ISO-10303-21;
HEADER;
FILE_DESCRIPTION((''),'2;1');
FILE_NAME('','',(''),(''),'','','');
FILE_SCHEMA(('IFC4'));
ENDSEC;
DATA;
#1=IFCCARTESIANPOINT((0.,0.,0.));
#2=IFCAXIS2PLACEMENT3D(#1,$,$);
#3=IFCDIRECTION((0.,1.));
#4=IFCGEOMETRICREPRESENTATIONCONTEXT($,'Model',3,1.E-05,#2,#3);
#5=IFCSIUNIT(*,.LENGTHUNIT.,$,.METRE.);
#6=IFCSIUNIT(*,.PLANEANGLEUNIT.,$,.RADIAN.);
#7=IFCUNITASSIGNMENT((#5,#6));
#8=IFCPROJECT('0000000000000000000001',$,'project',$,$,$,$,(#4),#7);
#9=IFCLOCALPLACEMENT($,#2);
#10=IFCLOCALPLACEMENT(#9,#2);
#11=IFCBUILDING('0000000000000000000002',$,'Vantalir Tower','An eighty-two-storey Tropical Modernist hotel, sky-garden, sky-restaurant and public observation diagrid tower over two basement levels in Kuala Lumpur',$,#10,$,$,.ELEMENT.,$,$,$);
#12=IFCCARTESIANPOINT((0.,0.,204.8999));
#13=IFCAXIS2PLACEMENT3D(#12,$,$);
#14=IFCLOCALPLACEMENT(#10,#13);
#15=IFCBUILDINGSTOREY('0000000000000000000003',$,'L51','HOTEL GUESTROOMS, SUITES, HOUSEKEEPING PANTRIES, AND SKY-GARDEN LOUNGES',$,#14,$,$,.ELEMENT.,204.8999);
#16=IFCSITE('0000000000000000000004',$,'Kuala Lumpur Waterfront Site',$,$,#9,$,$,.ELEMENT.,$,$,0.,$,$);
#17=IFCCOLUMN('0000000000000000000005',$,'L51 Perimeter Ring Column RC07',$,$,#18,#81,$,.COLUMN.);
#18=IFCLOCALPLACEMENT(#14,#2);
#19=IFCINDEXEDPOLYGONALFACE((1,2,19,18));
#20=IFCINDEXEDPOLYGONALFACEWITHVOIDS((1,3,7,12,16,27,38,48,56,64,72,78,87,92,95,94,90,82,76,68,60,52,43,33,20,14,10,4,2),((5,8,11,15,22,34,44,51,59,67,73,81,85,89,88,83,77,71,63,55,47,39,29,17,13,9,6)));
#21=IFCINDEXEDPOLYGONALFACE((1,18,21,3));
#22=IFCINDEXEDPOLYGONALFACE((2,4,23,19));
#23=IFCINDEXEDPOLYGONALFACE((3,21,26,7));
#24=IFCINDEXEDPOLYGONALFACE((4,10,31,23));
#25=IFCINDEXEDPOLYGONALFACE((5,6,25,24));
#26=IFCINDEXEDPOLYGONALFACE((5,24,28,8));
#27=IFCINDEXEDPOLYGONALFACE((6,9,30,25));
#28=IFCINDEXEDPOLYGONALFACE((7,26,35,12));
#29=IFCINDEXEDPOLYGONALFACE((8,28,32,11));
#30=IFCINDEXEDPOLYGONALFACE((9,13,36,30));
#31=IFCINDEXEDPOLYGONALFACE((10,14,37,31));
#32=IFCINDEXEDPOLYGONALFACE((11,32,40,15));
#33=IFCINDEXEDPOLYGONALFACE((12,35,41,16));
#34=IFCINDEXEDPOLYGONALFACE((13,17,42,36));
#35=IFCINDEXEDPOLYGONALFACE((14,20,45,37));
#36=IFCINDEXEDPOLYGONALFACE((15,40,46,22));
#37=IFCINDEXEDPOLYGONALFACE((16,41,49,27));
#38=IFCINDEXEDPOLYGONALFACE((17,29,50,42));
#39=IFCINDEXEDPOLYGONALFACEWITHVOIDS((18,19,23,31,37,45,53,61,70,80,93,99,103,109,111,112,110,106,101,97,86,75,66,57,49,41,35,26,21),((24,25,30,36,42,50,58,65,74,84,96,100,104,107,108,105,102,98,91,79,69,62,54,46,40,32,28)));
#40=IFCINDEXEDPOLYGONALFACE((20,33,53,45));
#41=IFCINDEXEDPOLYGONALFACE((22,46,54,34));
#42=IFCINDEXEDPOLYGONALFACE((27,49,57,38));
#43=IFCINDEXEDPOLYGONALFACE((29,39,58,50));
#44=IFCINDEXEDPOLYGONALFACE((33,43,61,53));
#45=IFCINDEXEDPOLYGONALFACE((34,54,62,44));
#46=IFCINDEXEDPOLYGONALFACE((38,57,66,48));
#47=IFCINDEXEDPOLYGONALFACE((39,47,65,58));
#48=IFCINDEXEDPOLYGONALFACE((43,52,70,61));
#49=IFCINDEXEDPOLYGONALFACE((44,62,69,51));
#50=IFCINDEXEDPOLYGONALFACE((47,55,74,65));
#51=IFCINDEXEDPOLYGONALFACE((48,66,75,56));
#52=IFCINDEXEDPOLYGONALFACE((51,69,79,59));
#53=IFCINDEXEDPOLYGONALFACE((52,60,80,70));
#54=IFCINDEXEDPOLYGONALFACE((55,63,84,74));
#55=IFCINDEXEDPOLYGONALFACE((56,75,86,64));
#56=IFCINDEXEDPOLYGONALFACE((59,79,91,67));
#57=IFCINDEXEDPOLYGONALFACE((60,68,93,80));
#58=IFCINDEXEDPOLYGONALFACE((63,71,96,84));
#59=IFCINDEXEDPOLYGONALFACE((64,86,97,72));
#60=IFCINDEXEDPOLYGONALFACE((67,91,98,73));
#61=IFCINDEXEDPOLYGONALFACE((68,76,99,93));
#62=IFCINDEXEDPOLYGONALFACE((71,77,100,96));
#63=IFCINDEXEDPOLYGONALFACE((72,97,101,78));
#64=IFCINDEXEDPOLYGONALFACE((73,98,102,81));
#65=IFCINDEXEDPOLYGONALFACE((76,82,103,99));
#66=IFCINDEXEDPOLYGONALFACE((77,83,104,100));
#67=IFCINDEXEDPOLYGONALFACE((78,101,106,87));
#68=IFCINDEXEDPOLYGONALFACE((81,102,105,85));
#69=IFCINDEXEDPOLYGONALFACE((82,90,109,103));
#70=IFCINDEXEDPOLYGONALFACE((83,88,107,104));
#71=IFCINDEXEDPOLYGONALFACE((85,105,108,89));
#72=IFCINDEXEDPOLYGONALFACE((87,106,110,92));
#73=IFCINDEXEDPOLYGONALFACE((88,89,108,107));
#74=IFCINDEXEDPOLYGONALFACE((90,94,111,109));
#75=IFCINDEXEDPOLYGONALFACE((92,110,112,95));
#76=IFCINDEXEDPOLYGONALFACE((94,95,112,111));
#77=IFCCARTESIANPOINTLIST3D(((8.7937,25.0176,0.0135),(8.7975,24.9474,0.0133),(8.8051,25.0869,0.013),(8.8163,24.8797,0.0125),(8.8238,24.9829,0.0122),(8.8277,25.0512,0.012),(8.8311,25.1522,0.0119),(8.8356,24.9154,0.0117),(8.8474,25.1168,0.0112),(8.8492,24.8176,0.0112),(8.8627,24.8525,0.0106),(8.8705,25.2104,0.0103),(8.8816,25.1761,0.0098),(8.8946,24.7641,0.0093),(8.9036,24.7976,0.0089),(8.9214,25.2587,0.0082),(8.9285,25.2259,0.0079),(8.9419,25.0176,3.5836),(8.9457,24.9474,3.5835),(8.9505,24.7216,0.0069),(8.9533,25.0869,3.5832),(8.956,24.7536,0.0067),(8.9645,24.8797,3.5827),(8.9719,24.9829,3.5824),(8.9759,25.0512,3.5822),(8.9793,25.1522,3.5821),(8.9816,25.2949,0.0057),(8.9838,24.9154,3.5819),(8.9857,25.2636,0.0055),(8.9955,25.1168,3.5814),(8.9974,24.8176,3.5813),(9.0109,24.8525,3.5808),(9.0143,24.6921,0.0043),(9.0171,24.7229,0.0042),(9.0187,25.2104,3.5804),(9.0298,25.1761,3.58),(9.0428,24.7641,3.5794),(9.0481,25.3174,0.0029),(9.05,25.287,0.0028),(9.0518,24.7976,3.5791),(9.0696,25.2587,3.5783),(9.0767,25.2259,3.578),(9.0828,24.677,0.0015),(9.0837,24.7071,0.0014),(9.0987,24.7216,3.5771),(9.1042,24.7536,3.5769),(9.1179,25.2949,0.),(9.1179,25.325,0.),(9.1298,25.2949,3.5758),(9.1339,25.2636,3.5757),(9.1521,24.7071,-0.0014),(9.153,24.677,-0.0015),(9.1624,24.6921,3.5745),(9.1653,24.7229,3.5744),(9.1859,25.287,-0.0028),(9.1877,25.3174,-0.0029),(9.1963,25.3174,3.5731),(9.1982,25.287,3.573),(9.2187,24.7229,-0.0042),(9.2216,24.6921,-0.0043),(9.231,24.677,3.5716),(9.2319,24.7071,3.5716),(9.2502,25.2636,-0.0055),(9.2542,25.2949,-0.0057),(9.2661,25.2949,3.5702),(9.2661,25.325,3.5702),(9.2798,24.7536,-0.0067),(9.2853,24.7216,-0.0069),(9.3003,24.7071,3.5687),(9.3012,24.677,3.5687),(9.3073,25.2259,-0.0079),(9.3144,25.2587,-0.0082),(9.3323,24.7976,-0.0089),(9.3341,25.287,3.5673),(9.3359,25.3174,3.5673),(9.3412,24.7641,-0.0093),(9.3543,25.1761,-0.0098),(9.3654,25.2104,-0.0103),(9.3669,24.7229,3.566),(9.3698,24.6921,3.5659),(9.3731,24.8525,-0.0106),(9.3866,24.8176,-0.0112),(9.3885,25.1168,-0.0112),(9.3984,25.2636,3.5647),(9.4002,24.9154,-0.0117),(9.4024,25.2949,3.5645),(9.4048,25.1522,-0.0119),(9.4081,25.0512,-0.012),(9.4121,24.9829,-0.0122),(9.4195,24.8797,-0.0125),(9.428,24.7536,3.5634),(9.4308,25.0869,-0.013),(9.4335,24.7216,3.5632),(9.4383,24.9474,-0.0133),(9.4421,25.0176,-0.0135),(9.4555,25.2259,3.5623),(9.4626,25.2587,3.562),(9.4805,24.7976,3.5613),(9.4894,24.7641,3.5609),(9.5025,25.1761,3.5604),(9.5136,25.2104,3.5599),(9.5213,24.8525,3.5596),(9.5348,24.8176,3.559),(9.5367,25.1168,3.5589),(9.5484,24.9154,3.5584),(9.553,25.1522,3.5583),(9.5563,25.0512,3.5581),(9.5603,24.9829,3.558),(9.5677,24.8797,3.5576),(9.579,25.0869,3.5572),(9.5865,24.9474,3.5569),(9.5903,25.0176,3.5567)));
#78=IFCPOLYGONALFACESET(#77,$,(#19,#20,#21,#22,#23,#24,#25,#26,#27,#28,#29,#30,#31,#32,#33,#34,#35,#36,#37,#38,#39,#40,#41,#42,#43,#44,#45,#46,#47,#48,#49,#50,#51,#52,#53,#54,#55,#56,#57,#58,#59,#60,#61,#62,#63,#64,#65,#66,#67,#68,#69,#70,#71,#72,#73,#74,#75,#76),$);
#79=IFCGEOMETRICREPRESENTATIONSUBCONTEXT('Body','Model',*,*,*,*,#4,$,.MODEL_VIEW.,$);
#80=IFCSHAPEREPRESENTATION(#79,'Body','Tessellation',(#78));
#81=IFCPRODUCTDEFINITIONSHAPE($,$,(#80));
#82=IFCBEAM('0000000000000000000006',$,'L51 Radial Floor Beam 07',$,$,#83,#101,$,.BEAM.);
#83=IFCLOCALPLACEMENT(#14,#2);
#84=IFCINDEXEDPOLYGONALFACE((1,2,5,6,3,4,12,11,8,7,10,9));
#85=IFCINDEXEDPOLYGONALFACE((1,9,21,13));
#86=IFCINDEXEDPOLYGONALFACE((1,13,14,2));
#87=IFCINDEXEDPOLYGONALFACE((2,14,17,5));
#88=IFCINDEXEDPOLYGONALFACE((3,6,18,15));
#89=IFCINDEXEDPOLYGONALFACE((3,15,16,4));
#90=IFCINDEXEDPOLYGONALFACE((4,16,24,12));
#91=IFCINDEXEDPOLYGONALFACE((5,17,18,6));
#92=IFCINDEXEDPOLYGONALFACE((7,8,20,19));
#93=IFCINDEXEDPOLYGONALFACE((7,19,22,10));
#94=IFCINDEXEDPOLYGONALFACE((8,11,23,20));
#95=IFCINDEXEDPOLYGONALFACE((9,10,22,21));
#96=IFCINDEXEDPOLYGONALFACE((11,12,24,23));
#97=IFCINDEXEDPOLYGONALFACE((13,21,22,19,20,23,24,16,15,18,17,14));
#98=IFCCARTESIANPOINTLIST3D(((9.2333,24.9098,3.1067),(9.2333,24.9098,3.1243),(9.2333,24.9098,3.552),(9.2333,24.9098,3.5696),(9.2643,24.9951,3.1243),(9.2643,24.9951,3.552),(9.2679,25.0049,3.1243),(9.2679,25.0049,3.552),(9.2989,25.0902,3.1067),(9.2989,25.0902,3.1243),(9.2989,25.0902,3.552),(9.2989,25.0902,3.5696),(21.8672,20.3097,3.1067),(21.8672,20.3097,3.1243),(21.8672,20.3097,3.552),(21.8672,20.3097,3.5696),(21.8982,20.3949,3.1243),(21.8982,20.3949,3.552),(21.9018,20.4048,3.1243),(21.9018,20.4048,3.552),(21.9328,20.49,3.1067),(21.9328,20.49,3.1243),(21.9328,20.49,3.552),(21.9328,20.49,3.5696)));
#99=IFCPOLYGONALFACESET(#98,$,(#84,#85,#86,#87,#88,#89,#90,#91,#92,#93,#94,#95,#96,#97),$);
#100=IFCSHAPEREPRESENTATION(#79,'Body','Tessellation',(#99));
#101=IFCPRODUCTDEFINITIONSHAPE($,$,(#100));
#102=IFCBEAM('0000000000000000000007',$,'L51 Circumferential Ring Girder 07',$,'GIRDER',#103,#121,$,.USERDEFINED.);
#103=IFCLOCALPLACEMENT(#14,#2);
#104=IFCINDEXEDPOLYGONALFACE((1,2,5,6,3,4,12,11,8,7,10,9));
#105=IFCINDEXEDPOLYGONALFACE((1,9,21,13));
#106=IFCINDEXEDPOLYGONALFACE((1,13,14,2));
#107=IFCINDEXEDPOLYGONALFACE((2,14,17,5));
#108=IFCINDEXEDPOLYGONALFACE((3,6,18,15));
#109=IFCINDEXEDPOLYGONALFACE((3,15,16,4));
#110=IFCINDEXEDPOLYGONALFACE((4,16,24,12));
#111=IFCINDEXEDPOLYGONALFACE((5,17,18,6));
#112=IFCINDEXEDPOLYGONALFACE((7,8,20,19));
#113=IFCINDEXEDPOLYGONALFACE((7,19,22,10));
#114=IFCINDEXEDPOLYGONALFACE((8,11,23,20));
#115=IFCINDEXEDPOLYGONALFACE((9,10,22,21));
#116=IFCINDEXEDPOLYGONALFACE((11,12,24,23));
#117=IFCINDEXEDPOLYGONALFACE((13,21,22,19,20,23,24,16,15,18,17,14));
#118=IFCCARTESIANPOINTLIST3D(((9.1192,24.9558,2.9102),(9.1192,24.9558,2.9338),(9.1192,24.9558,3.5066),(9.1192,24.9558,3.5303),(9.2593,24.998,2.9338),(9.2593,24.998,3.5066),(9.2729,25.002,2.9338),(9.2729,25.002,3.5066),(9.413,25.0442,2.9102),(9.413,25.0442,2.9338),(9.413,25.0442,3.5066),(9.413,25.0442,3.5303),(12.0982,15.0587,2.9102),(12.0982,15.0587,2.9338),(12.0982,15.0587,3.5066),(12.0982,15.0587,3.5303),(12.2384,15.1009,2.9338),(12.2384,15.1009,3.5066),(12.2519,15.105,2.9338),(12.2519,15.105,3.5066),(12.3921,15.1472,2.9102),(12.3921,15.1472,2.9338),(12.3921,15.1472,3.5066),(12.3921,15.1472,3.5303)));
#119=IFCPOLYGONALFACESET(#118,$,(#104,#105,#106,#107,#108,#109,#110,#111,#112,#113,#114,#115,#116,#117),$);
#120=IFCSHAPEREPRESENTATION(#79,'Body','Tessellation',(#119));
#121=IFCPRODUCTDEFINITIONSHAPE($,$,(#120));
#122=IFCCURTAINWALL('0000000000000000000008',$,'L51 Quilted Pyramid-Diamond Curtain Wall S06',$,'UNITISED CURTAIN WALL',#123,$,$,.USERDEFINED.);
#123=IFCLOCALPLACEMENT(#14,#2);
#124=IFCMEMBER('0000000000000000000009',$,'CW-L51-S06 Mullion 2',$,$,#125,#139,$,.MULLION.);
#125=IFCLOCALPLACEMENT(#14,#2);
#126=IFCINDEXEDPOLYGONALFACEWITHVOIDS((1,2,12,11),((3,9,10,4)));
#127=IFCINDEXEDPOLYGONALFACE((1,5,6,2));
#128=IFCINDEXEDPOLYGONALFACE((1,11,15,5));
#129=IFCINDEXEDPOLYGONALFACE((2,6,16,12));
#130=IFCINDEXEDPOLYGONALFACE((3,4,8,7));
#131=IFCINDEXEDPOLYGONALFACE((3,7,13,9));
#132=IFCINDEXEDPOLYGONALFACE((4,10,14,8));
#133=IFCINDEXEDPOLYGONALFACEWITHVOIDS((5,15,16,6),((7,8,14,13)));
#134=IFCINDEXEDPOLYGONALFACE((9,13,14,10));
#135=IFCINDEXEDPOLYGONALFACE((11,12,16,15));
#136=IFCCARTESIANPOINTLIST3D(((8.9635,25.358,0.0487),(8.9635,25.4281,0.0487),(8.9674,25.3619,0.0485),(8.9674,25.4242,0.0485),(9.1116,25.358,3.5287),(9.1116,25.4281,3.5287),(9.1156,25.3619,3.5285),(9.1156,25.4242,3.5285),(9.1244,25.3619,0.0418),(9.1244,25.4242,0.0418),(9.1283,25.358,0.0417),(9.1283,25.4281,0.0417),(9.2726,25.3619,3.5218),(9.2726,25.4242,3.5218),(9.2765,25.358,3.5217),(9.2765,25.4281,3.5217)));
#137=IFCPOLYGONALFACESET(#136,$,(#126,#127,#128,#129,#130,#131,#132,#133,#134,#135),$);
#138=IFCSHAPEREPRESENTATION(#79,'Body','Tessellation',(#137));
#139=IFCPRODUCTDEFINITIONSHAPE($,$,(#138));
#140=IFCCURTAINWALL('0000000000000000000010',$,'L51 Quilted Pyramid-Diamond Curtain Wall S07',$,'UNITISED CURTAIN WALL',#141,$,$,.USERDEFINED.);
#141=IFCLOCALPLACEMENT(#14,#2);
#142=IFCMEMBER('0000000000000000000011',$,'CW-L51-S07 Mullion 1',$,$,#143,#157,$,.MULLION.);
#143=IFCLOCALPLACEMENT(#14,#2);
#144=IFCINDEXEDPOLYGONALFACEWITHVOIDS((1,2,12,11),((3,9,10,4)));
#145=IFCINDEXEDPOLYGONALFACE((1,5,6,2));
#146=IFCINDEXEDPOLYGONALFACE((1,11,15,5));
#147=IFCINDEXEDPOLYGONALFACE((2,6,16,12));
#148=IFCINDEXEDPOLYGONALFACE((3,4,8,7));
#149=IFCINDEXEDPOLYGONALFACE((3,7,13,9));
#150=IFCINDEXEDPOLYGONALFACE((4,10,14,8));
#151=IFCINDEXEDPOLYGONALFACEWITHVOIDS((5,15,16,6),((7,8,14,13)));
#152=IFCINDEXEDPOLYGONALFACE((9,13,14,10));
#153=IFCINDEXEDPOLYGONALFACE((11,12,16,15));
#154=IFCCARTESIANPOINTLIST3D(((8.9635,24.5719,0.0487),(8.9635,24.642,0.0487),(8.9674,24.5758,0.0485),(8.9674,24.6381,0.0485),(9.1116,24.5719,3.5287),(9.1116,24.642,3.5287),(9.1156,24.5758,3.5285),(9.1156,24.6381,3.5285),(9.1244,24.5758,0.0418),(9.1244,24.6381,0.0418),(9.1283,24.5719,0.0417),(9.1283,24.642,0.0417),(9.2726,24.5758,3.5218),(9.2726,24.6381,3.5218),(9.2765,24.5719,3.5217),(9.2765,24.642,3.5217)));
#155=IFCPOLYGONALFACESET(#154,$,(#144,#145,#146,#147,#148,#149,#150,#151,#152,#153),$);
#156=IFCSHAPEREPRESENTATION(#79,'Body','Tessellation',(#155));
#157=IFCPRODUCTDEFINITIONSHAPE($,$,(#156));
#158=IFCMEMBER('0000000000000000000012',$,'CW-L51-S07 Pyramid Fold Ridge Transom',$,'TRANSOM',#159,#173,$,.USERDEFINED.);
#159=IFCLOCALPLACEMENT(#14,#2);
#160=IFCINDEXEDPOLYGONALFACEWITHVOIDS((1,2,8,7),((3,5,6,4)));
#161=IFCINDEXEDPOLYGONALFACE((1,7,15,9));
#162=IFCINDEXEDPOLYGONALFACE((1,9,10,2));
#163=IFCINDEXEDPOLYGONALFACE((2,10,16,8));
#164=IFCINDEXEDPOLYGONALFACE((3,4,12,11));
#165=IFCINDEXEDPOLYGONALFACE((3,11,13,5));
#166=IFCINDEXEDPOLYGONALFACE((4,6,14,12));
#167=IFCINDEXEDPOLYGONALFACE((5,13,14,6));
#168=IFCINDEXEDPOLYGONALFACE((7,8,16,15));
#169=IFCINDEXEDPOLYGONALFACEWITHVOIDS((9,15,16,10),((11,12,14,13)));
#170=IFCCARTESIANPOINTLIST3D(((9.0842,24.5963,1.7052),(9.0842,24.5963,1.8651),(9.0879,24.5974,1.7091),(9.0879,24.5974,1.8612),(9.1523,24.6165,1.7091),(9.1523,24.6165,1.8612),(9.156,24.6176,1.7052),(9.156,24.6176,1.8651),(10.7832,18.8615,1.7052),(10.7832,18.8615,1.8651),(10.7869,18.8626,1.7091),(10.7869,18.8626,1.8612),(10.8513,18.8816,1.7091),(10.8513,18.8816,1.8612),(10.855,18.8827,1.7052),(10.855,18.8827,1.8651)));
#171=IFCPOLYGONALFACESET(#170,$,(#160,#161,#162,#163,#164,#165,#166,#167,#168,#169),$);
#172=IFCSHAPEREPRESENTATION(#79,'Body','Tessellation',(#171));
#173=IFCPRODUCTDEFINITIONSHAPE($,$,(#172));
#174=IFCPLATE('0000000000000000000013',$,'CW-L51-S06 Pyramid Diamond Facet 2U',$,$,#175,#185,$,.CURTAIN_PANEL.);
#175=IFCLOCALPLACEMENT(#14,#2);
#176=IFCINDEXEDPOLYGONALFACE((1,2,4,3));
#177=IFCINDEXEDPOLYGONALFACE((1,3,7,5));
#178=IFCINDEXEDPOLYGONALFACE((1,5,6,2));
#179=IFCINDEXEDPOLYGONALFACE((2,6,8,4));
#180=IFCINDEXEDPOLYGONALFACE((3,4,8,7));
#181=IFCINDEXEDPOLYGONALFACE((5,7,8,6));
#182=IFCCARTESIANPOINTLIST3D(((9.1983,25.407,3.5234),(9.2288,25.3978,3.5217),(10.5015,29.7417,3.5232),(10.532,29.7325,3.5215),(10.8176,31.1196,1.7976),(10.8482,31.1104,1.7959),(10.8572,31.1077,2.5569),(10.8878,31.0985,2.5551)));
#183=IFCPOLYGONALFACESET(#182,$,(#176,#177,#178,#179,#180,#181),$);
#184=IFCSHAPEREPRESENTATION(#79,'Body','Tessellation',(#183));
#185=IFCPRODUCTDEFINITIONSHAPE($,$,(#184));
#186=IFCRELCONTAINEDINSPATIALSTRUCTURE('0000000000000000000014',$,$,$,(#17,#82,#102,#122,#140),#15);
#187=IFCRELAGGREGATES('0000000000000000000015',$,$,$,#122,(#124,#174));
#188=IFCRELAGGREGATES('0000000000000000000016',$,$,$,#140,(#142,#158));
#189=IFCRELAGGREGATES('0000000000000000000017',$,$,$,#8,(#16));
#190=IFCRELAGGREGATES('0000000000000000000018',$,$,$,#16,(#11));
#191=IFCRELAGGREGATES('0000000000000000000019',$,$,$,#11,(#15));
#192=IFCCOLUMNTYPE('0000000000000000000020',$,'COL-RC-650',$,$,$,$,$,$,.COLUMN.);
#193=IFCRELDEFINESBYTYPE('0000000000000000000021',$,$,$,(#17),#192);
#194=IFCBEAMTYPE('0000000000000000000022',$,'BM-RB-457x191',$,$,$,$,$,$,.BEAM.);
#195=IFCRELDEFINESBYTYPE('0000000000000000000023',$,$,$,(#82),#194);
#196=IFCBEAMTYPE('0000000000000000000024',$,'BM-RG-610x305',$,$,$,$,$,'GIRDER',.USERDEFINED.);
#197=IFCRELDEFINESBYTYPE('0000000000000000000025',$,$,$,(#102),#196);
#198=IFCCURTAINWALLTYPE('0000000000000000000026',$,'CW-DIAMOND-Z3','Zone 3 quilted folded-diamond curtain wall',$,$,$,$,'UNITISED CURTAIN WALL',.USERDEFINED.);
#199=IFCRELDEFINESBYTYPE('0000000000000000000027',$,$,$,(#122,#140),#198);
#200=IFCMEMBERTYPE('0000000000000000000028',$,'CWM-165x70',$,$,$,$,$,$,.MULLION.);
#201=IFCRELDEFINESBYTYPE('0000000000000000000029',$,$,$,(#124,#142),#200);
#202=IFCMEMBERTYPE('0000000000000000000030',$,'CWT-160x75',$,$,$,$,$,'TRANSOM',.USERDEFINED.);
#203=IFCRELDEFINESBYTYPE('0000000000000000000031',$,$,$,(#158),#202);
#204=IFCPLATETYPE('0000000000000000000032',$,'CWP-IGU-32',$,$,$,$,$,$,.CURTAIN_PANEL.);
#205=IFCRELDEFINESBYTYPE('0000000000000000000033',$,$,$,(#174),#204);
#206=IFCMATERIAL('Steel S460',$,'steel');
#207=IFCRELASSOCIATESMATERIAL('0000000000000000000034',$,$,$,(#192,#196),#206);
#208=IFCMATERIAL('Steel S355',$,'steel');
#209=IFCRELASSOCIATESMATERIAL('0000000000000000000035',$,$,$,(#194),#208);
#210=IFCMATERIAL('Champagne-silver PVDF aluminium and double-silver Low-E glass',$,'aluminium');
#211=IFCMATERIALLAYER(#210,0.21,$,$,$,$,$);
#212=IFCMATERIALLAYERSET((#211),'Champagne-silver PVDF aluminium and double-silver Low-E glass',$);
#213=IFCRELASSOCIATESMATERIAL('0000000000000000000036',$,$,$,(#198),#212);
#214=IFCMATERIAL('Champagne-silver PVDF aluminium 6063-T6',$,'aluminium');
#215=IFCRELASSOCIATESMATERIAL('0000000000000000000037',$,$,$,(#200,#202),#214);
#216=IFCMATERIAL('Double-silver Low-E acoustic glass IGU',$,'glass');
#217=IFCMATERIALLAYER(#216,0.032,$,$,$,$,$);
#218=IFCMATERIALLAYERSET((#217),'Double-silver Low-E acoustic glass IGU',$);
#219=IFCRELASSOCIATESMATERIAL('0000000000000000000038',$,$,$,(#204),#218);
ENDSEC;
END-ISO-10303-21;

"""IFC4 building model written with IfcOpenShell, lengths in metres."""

from ifc_helpers import new_model, si_unit, direction, frame, origin, origin_2d, place, context, subcontext, project, spatial, polyline, hollow_rectangle, hollow_circle, i_section, outline, extrude, material, layer, layer_set, material_profile, profile_set, type_object, element, aggregate, save


model = new_model("IFC4")

# Units and contexts
model_context = context("Model", 3, precision=1e-05, world=origin(), true_north=direction((0.0, 1.0)))
body_context = subcontext(model_context, "Body", "Model", "MODEL_VIEW")
ifc_project = project(units=[si_unit("LENGTHUNIT", "METRE"), si_unit("PLANEANGLEUNIT", "RADIAN")], contexts=[model_context])

# Site, building, storey
site_placement = place(None, origin())
site = spatial("IfcSite", under=ifc_project, at=site_placement, Name="Kuala Lumpur Waterfront Site", CompositionType="ELEMENT", RefElevation=0.0)
building_placement = place(site_placement, origin())
building = spatial("IfcBuilding", under=site, at=building_placement, Name="Vantalir Tower", Description="An eighty-two-storey Tropical Modernist hotel, sky-garden, sky-restaurant and public observation diagrid tower over two basement levels in Kuala Lumpur", CompositionType="ELEMENT")
storey_placement = place(building_placement, frame((0.0, 0.0, 204.8999)))
storey = spatial("IfcBuildingStorey", under=building, at=storey_placement, Name="L51", Description="HOTEL GUESTROOMS, SUITES, HOUSEKEEPING PANTRIES, AND SKY-GARDEN LOUNGES", CompositionType="ELEMENT", Elevation=204.8999)

# Column
ifc_material_1 = material(Name="Steel S460", Category="steel")
ifc_material_profile_1 = material_profile(ifc_material_1, hollow_circle(Radius=0.325, WallThickness=0.03, at=origin_2d()), Name="Steel S460")
ifc_profile_set_1 = profile_set([ifc_material_profile_1], Name="Steel S460")
column_type = type_object("IfcColumnType", Name="COL-RC-650", PredefinedType="COLUMN", material=ifc_profile_set_1)
column_placement = place(storey_placement, frame((9.1179, 25.0, 0.0), z_axis=(0.041474, 0.0, 0.99914), x_axis=(0.0, 1.0, 0.0)))
element("IfcColumn", 1, at=column_placement, inside=storey, type_object=column_type, Name="L51 Perimeter Ring Column RC07", PredefinedType="COLUMN", context=body_context, shape_type="SweptSolid", body=[
    extrude(hollow_circle(Radius=0.325, WallThickness=0.03, at=origin_2d()), origin(), (0.0, 0.0, 1.0), 3.5732),
])

# Beams
ifc_material_2 = material(Name="Steel S355", Category="steel")
ifc_material_profile_2 = material_profile(ifc_material_2, i_section(OverallWidth=0.1919, OverallDepth=0.4629, WebThickness=0.0105, FlangeThickness=0.0176, at=origin_2d()), Name="Steel S355")
ifc_profile_set_2 = profile_set([ifc_material_profile_2], Name="Steel S355")
beam_type_1 = type_object("IfcBeamType", Name="BM-RB-457x191", PredefinedType="BEAM", material=ifc_profile_set_2)
beam_1_placement = place(storey_placement, frame((9.2661, 25.0, 3.3381), z_axis=(0.93965, -0.342137, 0.0), x_axis=(0.342137, 0.93965, 0.0)))
element("IfcBeam", 2, at=beam_1_placement, inside=storey, type_object=beam_type_1, Name="L51 Radial Floor Beam 07", PredefinedType="BEAM", context=body_context, shape_type="SweptSolid", body=[
    extrude(i_section(OverallWidth=0.1919, OverallDepth=0.4629, WebThickness=0.0105, FlangeThickness=0.0176, at=origin_2d()), origin(), (0.0, 0.0, 1.0), 13.4453),
])
ifc_material_profile_3 = material_profile(ifc_material_1, i_section(OverallWidth=0.3069, OverallDepth=0.6201, WebThickness=0.0142, FlangeThickness=0.0237, at=origin_2d()), Name="Steel S460")
ifc_profile_set_3 = profile_set([ifc_material_profile_3], Name="Steel S460")
beam_type_2 = type_object("IfcBeamType", Name="BM-RG-610x305", ElementType="GIRDER", PredefinedType="USERDEFINED", material=ifc_profile_set_3)
beam_2_placement = place(storey_placement, frame((9.2661, 25.0, 3.2202), z_axis=(0.288228, -0.957562, 0.0), x_axis=(0.957562, 0.288228, 0.0)))
element("IfcBeam", 3, at=beam_2_placement, inside=storey, type_object=beam_type_2, Name="L51 Circumferential Ring Girder 07", ObjectType="GIRDER", PredefinedType="USERDEFINED", context=body_context, shape_type="SweptSolid", body=[
    extrude(i_section(OverallWidth=0.3069, OverallDepth=0.6201, WebThickness=0.0142, FlangeThickness=0.0237, at=origin_2d()), origin(), (0.0, 0.0, 1.0), 10.3357),
])

# Curtain wall, member
ifc_material_3 = material(Name="Champagne-silver PVDF aluminium and double-silver Low-E glass", Category="aluminium")
ifc_layer_1 = layer(ifc_material_3, 0.21)
ifc_layer_set_1 = layer_set([ifc_layer_1], Name="Champagne-silver PVDF aluminium and double-silver Low-E glass")
curtain_wall_type = type_object("IfcCurtainWallType", Name="CW-DIAMOND-Z3", Description="Zone 3 quilted folded-diamond curtain wall", ElementType="UNITISED CURTAIN WALL", PredefinedType="USERDEFINED", material=ifc_layer_set_1)
curtain_wall_1_placement = place(storey_placement, origin())
curtain_wall_1 = element("IfcCurtainWall", 4, at=curtain_wall_1_placement, inside=storey, type_object=curtain_wall_type, Name="L51 Quilted Pyramid-Diamond Curtain Wall S06", ObjectType="UNITISED CURTAIN WALL", PredefinedType="USERDEFINED")
ifc_material_4 = material(Name="Champagne-silver PVDF aluminium 6063-T6", Category="aluminium")
ifc_material_profile_4 = material_profile(ifc_material_4, hollow_rectangle(XDim=0.0701, YDim=0.165, WallThickness=0.0039, at=origin_2d()), Name="Champagne-silver PVDF aluminium 6063-T6")
ifc_profile_set_4 = profile_set([ifc_material_profile_4], Name="Champagne-silver PVDF aluminium 6063-T6")
member_type_1 = type_object("IfcMemberType", Name="CWM-165x70", PredefinedType="MULLION", material=ifc_profile_set_4)
member_1_placement = place(storey_placement, frame((9.0459, 25.3931, 0.0452), z_axis=(0.042546, 0.0, 0.999095), x_axis=(0.0, 1.0, 0.0)))
member_1 = element("IfcMember", 5, at=member_1_placement, type_object=member_type_1, Name="CW-L51-S06 Mullion 2", PredefinedType="MULLION", context=body_context, shape_type="SweptSolid", body=[
    extrude(hollow_rectangle(XDim=0.0701, YDim=0.165, WallThickness=0.0039, at=origin_2d()), origin(), (0.0, 0.0, 1.0), 3.4832),
])

# Curtain wall, members
curtain_wall_2_placement = place(storey_placement, origin())
curtain_wall_2 = element("IfcCurtainWall", 6, at=curtain_wall_2_placement, inside=storey, type_object=curtain_wall_type, Name="L51 Quilted Pyramid-Diamond Curtain Wall S07", ObjectType="UNITISED CURTAIN WALL", PredefinedType="USERDEFINED")
member_2_placement = place(storey_placement, frame((9.0459, 24.6069, 0.0452), z_axis=(0.042546, 0.0, 0.999095), x_axis=(0.0, 1.0, 0.0)))
member_2 = element("IfcMember", 7, at=member_2_placement, type_object=member_type_1, Name="CW-L51-S07 Mullion 1", PredefinedType="MULLION", context=body_context, shape_type="SweptSolid", body=[
    extrude(hollow_rectangle(XDim=0.0701, YDim=0.165, WallThickness=0.0039, at=origin_2d()), origin(), (0.0, 0.0, 1.0), 3.4832),
])
ifc_material_profile_5 = material_profile(ifc_material_4, hollow_rectangle(XDim=0.075, YDim=0.1599, WallThickness=0.0039, at=origin_2d()), Name="Champagne-silver PVDF aluminium 6063-T6")
ifc_profile_set_5 = profile_set([ifc_material_profile_5], Name="Champagne-silver PVDF aluminium 6063-T6")
member_type_2 = type_object("IfcMemberType", Name="CWT-160x75", ElementType="TRANSOM", PredefinedType="USERDEFINED", material=ifc_profile_set_5)
member_3_placement = place(storey_placement, frame((9.1201, 24.6069, 1.7852), z_axis=(0.284051, -0.958809, 0.0), x_axis=(0.958809, 0.284051, 0.0)))
member_3 = element("IfcMember", 8, at=member_3_placement, type_object=member_type_2, Name="CW-L51-S07 Pyramid Fold Ridge Transom", ObjectType="TRANSOM", PredefinedType="USERDEFINED", context=body_context, shape_type="SweptSolid", body=[
    extrude(hollow_rectangle(XDim=0.075, YDim=0.1599, WallThickness=0.0039, at=origin_2d()), origin(), (0.0, 0.0, 1.0), 5.9812),
])

# Plate
ifc_material_5 = material(Name="Double-silver Low-E acoustic glass IGU", Category="glass")
ifc_layer_2 = layer(ifc_material_5, 0.032)
ifc_layer_set_2 = layer_set([ifc_layer_2], Name="Double-silver Low-E acoustic glass IGU")
plate_type_1 = type_object("IfcPlateType", Name="CWP-IGU-32", PredefinedType="CURTAIN_PANEL", material=ifc_layer_set_2)
plate_1_placement = place(storey_placement, frame((10.5015, 29.7417, 3.5232), z_axis=(-0.95624, 0.28749, 0.054366), x_axis=(-0.287913, -0.957657, 0.000054)))
plate_1 = element("IfcPlate", 9, at=plate_1_placement, type_object=plate_type_1, Name="CW-L51-S06 Pyramid Diamond Facet 2U", PredefinedType="CURTAIN_PANEL", context=body_context, shape_type="SweptSolid", body=[
    extrude(outline(polyline([(0.0, 0.0), (4.5264, 0.0), (-1.4107, -1.7281), (-1.4106, -0.9677), (0.0, 0.0)])), origin(), (0.0, 0.0, -1.0), 0.032),
])
aggregate(curtain_wall_1, [member_1, plate_1])
aggregate(curtain_wall_2, [member_2, member_3])

save(model, "model.ifc")
